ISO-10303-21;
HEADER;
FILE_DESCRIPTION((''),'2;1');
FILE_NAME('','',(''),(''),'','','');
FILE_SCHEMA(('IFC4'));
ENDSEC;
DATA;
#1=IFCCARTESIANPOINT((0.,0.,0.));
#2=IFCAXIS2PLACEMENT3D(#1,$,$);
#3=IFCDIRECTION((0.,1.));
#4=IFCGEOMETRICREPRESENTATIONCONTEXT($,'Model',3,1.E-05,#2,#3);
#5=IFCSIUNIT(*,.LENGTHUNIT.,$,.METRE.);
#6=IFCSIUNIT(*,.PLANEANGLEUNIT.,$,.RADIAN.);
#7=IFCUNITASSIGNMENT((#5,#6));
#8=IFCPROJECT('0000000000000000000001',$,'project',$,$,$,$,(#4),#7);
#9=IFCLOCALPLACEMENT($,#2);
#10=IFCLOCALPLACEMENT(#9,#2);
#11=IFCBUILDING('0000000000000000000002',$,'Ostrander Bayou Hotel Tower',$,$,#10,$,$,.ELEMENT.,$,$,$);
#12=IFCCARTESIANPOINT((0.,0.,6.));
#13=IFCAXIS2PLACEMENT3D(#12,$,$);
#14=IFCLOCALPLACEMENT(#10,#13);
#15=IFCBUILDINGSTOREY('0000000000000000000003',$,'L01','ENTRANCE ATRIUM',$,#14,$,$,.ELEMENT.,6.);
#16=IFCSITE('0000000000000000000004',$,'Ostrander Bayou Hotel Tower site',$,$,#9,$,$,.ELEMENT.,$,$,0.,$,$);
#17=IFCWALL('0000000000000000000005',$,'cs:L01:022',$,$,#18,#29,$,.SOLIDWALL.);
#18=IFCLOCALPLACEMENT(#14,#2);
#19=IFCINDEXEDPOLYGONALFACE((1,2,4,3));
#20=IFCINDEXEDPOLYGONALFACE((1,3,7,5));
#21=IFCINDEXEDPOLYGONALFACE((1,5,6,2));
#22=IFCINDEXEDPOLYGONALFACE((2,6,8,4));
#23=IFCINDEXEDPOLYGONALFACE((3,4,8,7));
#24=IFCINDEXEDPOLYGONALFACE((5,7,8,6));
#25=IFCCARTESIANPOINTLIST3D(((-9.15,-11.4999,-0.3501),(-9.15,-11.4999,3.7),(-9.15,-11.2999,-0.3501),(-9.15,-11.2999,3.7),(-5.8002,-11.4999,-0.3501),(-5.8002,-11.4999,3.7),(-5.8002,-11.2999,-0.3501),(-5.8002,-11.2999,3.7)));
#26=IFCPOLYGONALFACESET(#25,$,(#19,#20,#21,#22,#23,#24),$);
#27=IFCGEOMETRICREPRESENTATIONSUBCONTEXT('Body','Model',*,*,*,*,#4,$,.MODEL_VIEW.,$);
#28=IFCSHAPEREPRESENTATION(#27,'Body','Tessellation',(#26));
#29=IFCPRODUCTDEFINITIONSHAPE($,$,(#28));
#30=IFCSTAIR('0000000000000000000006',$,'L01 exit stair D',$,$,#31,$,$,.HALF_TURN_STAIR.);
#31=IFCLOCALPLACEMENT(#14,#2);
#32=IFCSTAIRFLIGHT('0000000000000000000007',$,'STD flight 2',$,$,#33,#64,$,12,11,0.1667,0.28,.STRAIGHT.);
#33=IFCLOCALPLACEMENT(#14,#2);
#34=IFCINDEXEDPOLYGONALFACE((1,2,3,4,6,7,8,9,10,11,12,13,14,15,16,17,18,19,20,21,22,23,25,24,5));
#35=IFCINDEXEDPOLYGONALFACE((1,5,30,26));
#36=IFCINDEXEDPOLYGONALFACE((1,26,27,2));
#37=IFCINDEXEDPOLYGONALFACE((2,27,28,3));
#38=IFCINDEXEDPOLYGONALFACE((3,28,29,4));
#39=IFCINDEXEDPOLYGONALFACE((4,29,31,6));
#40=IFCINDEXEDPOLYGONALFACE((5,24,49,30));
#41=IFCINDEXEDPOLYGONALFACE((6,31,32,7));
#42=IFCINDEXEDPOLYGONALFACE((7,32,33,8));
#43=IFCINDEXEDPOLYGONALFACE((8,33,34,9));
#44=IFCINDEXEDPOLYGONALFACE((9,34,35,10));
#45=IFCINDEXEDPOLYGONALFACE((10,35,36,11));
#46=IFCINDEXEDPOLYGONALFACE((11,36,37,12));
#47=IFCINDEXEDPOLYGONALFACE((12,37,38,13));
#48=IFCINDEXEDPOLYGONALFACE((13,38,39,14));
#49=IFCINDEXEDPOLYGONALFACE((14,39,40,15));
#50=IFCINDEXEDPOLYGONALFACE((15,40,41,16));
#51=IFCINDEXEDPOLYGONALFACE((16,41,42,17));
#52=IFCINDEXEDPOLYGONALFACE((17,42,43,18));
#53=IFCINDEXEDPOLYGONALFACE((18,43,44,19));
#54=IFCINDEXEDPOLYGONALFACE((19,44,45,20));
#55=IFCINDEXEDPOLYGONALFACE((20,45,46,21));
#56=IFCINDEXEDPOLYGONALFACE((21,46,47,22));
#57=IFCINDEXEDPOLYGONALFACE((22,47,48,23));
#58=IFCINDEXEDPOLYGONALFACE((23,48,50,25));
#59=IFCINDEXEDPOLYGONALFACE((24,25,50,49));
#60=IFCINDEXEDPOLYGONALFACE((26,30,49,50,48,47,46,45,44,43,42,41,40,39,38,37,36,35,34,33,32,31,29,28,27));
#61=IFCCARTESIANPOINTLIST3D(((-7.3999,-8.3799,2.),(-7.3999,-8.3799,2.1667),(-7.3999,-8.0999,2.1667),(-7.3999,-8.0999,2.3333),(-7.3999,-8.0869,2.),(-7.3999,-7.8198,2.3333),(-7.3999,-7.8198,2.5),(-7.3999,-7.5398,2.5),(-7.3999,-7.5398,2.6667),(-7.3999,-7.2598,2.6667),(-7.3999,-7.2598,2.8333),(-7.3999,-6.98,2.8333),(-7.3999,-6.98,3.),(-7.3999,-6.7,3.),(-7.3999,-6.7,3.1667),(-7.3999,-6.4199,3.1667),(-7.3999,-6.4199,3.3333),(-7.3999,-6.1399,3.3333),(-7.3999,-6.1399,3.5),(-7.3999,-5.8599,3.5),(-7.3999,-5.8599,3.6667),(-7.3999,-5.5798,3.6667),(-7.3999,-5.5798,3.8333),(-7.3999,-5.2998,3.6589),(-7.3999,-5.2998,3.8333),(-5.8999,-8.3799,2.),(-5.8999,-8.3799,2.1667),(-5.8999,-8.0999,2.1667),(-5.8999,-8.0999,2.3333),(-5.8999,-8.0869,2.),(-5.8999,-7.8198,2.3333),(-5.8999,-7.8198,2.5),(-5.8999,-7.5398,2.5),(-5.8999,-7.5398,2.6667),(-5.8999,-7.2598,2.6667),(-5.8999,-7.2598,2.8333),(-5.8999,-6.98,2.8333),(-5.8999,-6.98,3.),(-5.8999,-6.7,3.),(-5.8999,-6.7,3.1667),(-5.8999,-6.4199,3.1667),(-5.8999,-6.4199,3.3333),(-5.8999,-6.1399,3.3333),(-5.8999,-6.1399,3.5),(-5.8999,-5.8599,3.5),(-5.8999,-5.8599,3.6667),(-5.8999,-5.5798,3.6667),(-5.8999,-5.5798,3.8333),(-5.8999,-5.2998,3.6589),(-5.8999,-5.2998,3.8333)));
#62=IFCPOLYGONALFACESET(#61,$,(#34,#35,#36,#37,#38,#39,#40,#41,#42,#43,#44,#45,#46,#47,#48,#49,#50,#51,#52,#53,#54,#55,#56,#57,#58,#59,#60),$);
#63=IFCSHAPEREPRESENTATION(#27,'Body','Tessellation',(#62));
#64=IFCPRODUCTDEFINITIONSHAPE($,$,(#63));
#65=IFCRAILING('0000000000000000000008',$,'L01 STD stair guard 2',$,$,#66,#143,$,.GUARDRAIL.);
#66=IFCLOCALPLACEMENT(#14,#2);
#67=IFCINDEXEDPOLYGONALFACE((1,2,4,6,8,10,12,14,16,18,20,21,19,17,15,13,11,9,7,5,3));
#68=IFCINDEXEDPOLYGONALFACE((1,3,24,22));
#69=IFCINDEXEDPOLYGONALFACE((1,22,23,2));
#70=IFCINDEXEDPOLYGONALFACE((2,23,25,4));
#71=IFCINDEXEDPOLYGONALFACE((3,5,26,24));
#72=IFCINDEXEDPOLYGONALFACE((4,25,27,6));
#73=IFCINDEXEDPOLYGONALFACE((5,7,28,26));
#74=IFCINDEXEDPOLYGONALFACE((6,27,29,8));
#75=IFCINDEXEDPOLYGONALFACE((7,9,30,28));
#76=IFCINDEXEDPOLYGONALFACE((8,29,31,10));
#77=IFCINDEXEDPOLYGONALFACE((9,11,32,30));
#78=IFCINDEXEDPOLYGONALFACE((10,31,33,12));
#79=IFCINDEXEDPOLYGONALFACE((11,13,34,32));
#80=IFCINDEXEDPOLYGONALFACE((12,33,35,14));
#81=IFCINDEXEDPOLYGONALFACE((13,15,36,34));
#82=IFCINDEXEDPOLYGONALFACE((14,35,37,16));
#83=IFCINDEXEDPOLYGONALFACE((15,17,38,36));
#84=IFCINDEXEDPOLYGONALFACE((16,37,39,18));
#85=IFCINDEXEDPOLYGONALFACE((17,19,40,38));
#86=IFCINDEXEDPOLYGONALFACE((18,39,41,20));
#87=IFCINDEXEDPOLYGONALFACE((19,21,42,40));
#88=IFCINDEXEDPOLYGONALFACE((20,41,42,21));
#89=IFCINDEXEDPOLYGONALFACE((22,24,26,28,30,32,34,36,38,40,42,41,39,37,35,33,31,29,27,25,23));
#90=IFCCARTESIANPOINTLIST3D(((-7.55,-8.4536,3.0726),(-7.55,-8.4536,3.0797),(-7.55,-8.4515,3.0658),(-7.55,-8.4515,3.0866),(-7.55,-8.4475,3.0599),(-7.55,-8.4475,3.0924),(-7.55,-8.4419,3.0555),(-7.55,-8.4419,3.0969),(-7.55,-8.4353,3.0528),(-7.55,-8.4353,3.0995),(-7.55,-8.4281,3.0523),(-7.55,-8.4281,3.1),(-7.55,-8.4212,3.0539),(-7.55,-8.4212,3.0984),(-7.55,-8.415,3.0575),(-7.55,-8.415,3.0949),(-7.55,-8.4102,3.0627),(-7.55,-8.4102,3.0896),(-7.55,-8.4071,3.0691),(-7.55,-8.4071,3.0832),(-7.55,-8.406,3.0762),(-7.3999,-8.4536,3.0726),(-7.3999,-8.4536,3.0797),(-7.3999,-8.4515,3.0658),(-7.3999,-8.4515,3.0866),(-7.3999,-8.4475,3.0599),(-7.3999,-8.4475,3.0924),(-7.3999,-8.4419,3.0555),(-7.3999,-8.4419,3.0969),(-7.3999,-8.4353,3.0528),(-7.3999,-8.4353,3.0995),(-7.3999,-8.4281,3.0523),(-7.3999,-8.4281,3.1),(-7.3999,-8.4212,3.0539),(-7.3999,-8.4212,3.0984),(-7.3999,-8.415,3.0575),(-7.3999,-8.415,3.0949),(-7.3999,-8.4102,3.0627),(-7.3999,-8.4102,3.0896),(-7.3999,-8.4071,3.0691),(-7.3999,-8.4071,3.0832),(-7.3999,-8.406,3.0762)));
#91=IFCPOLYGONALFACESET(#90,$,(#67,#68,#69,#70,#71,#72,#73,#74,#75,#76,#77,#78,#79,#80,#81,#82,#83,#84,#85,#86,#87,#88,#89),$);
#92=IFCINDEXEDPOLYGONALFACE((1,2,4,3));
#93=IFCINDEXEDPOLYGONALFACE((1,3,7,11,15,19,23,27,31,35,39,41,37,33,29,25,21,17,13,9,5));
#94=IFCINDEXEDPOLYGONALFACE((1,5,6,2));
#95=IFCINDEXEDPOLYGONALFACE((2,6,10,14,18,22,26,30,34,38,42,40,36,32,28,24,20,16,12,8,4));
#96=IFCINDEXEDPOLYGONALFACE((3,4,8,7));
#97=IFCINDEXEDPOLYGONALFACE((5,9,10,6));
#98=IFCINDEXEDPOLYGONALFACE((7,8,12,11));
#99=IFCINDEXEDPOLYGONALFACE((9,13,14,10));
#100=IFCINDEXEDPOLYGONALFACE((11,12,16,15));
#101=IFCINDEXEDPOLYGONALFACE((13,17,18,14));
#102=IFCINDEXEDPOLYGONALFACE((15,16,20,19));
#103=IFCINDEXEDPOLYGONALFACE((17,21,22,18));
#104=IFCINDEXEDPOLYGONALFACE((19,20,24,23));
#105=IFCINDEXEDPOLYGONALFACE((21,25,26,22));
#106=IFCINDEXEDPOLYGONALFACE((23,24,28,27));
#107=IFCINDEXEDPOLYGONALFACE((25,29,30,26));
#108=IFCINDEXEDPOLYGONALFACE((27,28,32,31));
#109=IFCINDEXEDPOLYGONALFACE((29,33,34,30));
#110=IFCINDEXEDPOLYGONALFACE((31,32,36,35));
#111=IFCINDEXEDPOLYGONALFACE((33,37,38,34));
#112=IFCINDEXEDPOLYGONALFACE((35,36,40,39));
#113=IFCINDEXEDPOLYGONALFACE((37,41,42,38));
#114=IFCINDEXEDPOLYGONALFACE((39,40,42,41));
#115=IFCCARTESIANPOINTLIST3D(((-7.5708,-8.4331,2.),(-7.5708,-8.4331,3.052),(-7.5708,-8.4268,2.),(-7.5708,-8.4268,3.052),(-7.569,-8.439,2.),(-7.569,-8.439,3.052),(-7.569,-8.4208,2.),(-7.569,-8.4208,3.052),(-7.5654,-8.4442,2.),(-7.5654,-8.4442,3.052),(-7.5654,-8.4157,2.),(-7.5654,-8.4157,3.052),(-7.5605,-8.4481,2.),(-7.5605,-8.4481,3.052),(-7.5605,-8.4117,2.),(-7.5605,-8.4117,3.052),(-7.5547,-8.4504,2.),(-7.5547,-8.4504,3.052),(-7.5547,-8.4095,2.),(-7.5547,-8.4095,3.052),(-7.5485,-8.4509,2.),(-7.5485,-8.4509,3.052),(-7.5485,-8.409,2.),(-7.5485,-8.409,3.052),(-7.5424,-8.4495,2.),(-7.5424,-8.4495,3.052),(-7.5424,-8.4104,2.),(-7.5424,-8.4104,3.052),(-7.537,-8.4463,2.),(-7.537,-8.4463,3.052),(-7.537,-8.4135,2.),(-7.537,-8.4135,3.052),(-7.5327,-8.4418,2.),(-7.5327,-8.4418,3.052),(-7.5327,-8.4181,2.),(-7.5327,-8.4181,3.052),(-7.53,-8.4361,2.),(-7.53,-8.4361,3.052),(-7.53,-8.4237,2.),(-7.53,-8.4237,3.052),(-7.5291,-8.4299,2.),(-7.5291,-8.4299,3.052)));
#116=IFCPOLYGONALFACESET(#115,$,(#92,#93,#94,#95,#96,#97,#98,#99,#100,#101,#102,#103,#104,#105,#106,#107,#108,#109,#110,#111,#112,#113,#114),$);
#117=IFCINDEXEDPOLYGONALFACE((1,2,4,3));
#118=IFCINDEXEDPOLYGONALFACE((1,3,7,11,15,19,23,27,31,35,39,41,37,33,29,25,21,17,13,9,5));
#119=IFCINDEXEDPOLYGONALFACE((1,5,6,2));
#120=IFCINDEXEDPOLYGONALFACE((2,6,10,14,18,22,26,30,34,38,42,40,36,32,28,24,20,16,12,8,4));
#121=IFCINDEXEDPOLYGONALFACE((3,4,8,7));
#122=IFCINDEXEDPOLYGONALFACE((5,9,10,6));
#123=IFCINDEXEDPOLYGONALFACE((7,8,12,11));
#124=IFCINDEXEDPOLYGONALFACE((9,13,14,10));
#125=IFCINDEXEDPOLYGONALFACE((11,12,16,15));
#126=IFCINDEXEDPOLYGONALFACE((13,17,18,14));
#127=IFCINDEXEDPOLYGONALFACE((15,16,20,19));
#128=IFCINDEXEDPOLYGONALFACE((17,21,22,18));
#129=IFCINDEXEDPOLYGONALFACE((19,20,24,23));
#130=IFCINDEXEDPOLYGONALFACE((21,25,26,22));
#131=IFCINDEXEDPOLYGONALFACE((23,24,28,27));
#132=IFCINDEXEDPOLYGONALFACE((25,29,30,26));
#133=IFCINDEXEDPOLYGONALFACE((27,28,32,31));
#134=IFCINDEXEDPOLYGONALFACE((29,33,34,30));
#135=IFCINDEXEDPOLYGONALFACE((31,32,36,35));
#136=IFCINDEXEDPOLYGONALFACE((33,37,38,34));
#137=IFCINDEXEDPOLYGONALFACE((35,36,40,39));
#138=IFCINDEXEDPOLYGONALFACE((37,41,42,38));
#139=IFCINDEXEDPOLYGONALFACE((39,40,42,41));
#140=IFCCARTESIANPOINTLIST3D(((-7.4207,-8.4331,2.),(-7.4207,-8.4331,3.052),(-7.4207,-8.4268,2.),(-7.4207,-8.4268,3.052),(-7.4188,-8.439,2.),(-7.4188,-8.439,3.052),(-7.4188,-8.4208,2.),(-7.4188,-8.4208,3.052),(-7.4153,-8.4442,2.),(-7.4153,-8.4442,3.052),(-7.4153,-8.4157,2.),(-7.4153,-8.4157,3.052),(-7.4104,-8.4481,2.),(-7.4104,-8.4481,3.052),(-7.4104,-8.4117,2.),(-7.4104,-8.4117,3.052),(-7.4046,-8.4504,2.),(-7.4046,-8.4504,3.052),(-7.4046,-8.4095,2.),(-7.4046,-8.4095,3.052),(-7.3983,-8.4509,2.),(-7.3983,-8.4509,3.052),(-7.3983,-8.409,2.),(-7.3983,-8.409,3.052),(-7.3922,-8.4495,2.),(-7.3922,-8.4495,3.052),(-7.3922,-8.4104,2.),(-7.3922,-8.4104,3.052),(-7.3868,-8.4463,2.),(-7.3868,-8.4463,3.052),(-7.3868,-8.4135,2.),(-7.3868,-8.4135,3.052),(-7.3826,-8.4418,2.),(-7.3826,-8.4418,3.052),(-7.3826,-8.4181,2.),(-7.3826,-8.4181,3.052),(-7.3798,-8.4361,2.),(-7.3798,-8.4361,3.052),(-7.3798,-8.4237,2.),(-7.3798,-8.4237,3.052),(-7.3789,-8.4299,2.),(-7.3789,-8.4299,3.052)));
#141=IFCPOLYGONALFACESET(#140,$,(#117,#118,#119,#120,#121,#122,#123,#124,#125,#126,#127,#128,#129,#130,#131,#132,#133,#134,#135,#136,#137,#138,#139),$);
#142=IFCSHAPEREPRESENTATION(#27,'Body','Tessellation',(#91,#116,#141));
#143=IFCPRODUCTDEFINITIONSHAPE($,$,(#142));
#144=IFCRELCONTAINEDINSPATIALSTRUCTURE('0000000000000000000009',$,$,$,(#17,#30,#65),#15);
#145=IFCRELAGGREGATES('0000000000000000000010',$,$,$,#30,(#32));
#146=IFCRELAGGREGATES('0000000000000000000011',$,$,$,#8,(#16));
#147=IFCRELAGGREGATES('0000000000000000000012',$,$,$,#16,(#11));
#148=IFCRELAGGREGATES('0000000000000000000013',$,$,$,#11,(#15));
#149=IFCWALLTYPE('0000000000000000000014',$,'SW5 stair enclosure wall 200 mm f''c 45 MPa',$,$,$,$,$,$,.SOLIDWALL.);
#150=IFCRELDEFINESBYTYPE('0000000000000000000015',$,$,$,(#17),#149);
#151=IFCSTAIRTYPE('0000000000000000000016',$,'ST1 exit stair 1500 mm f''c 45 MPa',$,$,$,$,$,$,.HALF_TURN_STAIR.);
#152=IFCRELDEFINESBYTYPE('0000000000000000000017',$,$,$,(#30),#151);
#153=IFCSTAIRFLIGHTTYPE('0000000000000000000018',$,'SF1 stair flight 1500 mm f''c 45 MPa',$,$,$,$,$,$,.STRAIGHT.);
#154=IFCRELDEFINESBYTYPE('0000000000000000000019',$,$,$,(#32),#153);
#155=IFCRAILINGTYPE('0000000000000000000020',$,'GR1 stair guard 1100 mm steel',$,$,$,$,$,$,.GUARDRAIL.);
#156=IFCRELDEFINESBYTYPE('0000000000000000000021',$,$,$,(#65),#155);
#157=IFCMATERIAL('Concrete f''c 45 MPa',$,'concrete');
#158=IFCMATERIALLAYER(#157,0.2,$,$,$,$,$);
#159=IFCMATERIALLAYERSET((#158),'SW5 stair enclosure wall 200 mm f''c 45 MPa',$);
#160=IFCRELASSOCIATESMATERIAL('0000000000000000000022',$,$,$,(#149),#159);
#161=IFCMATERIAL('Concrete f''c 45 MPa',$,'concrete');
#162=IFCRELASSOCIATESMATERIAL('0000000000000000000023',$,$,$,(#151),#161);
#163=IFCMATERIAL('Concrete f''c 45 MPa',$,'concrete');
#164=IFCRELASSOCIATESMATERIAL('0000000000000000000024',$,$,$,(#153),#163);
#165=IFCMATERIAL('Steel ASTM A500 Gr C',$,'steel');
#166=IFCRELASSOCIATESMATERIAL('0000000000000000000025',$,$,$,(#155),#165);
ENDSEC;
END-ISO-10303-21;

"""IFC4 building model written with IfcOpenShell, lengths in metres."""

from ifc_helpers import new_model, si_unit, direction, frame, frame_2d, origin, origin_2d, place, context, subcontext, project, spatial, polyline, rectangle, circle, outline, extrude, material, layer, layer_set, type_object, element, aggregate, save


model = new_model("IFC4")

# Units and contexts
model_context = context("Model", 3, precision=1e-05, world=origin(), true_north=direction((0.0, 1.0)))
body_context = subcontext(model_context, "Body", "Model", "MODEL_VIEW")
ifc_project = project(units=[si_unit("LENGTHUNIT", "METRE"), si_unit("PLANEANGLEUNIT", "RADIAN")], contexts=[model_context])

# Site, building, storey
site_placement = place(None, origin())
site = spatial("IfcSite", under=ifc_project, at=site_placement, Name="Ostrander Bayou Hotel Tower site", CompositionType="ELEMENT", RefElevation=0.0)
building_placement = place(site_placement, origin())
building = spatial("IfcBuilding", under=site, at=building_placement, Name="Ostrander Bayou Hotel Tower", CompositionType="ELEMENT")
storey_placement = place(building_placement, frame((0.0, 0.0, 6.0)))
storey = spatial("IfcBuildingStorey", under=building, at=storey_placement, Name="L01", Description="ENTRANCE ATRIUM", CompositionType="ELEMENT", Elevation=6.0)

# Wall
ifc_material_1 = material(Name="Concrete f'c 45 MPa", Category="concrete")
ifc_layer_1 = layer(ifc_material_1, 0.2)
ifc_layer_set_1 = layer_set([ifc_layer_1], Name="SW5 stair enclosure wall 200 mm f'c 45 MPa")
wall_type_1 = type_object("IfcWallType", Name="SW5 stair enclosure wall 200 mm f'c 45 MPa", PredefinedType="SOLIDWALL", material=ifc_layer_set_1)
wall_1_placement = place(storey_placement, frame((-9.1499, -11.3999, -0.3501), z_axis=(0.0, 0.0, 1.0), x_axis=(1.0, 0.0, 0.0)))
element("IfcWall", 1, at=wall_1_placement, inside=storey, type_object=wall_type_1, Name="cs:L01:022", PredefinedType="SOLIDWALL", context=body_context, shape_type="SweptSolid", body=[
    extrude(rectangle(XDim=3.3499, YDim=0.2, at=frame_2d((1.6748, 0.0))), origin(), (0.0, 0.0, 1.0), 4.05),
])

# Stair, stair flight
ifc_material_2 = material(Name="Concrete f'c 45 MPa", Category="concrete")
stair_type = type_object("IfcStairType", Name="ST1 exit stair 1500 mm f'c 45 MPa", PredefinedType="HALF_TURN_STAIR", material=ifc_material_2)
stair_placement = place(storey_placement, origin())
stair = element("IfcStair", 2, at=stair_placement, inside=storey, type_object=stair_type, Name="L01 exit stair D", PredefinedType="HALF_TURN_STAIR")
ifc_material_3 = material(Name="Concrete f'c 45 MPa", Category="concrete")
stair_flight_type = type_object("IfcStairFlightType", Name="SF1 stair flight 1500 mm f'c 45 MPa", PredefinedType="STRAIGHT", material=ifc_material_3)
stair_flight_placement = place(storey_placement, frame((-6.6499, -8.3799, 2.0), z_axis=(0.0, 0.0, 1.0), x_axis=(0.0, 1.0, 0.0)))
stair_flight = element("IfcStairFlight", 3, at=stair_flight_placement, type_object=stair_flight_type, Name="STD flight 2", NumberOfRisers=12, NumberOfTreads=11, PredefinedType="STRAIGHT", RiserHeight=0.1667, TreadLength=0.28, context=body_context, shape_type="SweptSolid", body=[
    extrude(outline(polyline([(0.0, 0.0), (0.0, 0.1667), (0.28, 0.1667), (0.28, 0.3333), (0.5601, 0.3333), (0.5601, 0.5), (0.8401, 0.5), (0.8401, 0.6667), (1.1201, 0.6667), (1.1201, 0.8333), (1.3999, 0.8333), (1.3999, 1.0), (1.6799, 1.0), (1.6799, 1.1667), (1.96, 1.1667), (1.96, 1.3333), (2.24, 1.3333), (2.24, 1.5), (2.52, 1.5), (2.52, 1.6667), (2.8, 1.6667), (2.8, 1.8333), (3.0801, 1.8333), (3.0801, 2.0), (3.0801, 1.6589), (0.293, 0.0), (0.0, 0.0)])), frame((0.0, 0.75, 0.0), z_axis=(0.0, -1.0, 0.0), x_axis=(1.0, 0.0, 0.0)), (0.0, 0.0, 1.0), 1.5),
])
aggregate(stair, [stair_flight])

# Railing
ifc_material_4 = material(Name="Steel ASTM A500 Gr C", Category="steel")
railing_type = type_object("IfcRailingType", Name="GR1 stair guard 1100 mm steel", PredefinedType="GUARDRAIL", material=ifc_material_4)
railing_1_placement = place(storey_placement, frame((-7.55, -8.4299, 2.0)))
element("IfcRailing", 4, at=railing_1_placement, inside=storey, type_object=railing_type, Name="L01 STD stair guard 2", PredefinedType="GUARDRAIL", context=body_context, shape_type="SweptSolid", body=[
    extrude(circle(Radius=0.0239, at=origin_2d()), frame((0.0, 0.0, 1.0762), z_axis=(1.0, 0.0, 0.0), x_axis=(0.0, 1.0, 0.0)), (0.0, 0.0, 1.0), 0.1501),
    extrude(circle(Radius=0.021, at=origin_2d()), origin(), (0.0, 0.0, 1.0), 1.052),
    extrude(circle(Radius=0.021, at=origin_2d()), frame((0.1501, 0.0, 0.0)), (0.0, 0.0, 1.0), 1.052),
])

save(model, "model.ifc")
